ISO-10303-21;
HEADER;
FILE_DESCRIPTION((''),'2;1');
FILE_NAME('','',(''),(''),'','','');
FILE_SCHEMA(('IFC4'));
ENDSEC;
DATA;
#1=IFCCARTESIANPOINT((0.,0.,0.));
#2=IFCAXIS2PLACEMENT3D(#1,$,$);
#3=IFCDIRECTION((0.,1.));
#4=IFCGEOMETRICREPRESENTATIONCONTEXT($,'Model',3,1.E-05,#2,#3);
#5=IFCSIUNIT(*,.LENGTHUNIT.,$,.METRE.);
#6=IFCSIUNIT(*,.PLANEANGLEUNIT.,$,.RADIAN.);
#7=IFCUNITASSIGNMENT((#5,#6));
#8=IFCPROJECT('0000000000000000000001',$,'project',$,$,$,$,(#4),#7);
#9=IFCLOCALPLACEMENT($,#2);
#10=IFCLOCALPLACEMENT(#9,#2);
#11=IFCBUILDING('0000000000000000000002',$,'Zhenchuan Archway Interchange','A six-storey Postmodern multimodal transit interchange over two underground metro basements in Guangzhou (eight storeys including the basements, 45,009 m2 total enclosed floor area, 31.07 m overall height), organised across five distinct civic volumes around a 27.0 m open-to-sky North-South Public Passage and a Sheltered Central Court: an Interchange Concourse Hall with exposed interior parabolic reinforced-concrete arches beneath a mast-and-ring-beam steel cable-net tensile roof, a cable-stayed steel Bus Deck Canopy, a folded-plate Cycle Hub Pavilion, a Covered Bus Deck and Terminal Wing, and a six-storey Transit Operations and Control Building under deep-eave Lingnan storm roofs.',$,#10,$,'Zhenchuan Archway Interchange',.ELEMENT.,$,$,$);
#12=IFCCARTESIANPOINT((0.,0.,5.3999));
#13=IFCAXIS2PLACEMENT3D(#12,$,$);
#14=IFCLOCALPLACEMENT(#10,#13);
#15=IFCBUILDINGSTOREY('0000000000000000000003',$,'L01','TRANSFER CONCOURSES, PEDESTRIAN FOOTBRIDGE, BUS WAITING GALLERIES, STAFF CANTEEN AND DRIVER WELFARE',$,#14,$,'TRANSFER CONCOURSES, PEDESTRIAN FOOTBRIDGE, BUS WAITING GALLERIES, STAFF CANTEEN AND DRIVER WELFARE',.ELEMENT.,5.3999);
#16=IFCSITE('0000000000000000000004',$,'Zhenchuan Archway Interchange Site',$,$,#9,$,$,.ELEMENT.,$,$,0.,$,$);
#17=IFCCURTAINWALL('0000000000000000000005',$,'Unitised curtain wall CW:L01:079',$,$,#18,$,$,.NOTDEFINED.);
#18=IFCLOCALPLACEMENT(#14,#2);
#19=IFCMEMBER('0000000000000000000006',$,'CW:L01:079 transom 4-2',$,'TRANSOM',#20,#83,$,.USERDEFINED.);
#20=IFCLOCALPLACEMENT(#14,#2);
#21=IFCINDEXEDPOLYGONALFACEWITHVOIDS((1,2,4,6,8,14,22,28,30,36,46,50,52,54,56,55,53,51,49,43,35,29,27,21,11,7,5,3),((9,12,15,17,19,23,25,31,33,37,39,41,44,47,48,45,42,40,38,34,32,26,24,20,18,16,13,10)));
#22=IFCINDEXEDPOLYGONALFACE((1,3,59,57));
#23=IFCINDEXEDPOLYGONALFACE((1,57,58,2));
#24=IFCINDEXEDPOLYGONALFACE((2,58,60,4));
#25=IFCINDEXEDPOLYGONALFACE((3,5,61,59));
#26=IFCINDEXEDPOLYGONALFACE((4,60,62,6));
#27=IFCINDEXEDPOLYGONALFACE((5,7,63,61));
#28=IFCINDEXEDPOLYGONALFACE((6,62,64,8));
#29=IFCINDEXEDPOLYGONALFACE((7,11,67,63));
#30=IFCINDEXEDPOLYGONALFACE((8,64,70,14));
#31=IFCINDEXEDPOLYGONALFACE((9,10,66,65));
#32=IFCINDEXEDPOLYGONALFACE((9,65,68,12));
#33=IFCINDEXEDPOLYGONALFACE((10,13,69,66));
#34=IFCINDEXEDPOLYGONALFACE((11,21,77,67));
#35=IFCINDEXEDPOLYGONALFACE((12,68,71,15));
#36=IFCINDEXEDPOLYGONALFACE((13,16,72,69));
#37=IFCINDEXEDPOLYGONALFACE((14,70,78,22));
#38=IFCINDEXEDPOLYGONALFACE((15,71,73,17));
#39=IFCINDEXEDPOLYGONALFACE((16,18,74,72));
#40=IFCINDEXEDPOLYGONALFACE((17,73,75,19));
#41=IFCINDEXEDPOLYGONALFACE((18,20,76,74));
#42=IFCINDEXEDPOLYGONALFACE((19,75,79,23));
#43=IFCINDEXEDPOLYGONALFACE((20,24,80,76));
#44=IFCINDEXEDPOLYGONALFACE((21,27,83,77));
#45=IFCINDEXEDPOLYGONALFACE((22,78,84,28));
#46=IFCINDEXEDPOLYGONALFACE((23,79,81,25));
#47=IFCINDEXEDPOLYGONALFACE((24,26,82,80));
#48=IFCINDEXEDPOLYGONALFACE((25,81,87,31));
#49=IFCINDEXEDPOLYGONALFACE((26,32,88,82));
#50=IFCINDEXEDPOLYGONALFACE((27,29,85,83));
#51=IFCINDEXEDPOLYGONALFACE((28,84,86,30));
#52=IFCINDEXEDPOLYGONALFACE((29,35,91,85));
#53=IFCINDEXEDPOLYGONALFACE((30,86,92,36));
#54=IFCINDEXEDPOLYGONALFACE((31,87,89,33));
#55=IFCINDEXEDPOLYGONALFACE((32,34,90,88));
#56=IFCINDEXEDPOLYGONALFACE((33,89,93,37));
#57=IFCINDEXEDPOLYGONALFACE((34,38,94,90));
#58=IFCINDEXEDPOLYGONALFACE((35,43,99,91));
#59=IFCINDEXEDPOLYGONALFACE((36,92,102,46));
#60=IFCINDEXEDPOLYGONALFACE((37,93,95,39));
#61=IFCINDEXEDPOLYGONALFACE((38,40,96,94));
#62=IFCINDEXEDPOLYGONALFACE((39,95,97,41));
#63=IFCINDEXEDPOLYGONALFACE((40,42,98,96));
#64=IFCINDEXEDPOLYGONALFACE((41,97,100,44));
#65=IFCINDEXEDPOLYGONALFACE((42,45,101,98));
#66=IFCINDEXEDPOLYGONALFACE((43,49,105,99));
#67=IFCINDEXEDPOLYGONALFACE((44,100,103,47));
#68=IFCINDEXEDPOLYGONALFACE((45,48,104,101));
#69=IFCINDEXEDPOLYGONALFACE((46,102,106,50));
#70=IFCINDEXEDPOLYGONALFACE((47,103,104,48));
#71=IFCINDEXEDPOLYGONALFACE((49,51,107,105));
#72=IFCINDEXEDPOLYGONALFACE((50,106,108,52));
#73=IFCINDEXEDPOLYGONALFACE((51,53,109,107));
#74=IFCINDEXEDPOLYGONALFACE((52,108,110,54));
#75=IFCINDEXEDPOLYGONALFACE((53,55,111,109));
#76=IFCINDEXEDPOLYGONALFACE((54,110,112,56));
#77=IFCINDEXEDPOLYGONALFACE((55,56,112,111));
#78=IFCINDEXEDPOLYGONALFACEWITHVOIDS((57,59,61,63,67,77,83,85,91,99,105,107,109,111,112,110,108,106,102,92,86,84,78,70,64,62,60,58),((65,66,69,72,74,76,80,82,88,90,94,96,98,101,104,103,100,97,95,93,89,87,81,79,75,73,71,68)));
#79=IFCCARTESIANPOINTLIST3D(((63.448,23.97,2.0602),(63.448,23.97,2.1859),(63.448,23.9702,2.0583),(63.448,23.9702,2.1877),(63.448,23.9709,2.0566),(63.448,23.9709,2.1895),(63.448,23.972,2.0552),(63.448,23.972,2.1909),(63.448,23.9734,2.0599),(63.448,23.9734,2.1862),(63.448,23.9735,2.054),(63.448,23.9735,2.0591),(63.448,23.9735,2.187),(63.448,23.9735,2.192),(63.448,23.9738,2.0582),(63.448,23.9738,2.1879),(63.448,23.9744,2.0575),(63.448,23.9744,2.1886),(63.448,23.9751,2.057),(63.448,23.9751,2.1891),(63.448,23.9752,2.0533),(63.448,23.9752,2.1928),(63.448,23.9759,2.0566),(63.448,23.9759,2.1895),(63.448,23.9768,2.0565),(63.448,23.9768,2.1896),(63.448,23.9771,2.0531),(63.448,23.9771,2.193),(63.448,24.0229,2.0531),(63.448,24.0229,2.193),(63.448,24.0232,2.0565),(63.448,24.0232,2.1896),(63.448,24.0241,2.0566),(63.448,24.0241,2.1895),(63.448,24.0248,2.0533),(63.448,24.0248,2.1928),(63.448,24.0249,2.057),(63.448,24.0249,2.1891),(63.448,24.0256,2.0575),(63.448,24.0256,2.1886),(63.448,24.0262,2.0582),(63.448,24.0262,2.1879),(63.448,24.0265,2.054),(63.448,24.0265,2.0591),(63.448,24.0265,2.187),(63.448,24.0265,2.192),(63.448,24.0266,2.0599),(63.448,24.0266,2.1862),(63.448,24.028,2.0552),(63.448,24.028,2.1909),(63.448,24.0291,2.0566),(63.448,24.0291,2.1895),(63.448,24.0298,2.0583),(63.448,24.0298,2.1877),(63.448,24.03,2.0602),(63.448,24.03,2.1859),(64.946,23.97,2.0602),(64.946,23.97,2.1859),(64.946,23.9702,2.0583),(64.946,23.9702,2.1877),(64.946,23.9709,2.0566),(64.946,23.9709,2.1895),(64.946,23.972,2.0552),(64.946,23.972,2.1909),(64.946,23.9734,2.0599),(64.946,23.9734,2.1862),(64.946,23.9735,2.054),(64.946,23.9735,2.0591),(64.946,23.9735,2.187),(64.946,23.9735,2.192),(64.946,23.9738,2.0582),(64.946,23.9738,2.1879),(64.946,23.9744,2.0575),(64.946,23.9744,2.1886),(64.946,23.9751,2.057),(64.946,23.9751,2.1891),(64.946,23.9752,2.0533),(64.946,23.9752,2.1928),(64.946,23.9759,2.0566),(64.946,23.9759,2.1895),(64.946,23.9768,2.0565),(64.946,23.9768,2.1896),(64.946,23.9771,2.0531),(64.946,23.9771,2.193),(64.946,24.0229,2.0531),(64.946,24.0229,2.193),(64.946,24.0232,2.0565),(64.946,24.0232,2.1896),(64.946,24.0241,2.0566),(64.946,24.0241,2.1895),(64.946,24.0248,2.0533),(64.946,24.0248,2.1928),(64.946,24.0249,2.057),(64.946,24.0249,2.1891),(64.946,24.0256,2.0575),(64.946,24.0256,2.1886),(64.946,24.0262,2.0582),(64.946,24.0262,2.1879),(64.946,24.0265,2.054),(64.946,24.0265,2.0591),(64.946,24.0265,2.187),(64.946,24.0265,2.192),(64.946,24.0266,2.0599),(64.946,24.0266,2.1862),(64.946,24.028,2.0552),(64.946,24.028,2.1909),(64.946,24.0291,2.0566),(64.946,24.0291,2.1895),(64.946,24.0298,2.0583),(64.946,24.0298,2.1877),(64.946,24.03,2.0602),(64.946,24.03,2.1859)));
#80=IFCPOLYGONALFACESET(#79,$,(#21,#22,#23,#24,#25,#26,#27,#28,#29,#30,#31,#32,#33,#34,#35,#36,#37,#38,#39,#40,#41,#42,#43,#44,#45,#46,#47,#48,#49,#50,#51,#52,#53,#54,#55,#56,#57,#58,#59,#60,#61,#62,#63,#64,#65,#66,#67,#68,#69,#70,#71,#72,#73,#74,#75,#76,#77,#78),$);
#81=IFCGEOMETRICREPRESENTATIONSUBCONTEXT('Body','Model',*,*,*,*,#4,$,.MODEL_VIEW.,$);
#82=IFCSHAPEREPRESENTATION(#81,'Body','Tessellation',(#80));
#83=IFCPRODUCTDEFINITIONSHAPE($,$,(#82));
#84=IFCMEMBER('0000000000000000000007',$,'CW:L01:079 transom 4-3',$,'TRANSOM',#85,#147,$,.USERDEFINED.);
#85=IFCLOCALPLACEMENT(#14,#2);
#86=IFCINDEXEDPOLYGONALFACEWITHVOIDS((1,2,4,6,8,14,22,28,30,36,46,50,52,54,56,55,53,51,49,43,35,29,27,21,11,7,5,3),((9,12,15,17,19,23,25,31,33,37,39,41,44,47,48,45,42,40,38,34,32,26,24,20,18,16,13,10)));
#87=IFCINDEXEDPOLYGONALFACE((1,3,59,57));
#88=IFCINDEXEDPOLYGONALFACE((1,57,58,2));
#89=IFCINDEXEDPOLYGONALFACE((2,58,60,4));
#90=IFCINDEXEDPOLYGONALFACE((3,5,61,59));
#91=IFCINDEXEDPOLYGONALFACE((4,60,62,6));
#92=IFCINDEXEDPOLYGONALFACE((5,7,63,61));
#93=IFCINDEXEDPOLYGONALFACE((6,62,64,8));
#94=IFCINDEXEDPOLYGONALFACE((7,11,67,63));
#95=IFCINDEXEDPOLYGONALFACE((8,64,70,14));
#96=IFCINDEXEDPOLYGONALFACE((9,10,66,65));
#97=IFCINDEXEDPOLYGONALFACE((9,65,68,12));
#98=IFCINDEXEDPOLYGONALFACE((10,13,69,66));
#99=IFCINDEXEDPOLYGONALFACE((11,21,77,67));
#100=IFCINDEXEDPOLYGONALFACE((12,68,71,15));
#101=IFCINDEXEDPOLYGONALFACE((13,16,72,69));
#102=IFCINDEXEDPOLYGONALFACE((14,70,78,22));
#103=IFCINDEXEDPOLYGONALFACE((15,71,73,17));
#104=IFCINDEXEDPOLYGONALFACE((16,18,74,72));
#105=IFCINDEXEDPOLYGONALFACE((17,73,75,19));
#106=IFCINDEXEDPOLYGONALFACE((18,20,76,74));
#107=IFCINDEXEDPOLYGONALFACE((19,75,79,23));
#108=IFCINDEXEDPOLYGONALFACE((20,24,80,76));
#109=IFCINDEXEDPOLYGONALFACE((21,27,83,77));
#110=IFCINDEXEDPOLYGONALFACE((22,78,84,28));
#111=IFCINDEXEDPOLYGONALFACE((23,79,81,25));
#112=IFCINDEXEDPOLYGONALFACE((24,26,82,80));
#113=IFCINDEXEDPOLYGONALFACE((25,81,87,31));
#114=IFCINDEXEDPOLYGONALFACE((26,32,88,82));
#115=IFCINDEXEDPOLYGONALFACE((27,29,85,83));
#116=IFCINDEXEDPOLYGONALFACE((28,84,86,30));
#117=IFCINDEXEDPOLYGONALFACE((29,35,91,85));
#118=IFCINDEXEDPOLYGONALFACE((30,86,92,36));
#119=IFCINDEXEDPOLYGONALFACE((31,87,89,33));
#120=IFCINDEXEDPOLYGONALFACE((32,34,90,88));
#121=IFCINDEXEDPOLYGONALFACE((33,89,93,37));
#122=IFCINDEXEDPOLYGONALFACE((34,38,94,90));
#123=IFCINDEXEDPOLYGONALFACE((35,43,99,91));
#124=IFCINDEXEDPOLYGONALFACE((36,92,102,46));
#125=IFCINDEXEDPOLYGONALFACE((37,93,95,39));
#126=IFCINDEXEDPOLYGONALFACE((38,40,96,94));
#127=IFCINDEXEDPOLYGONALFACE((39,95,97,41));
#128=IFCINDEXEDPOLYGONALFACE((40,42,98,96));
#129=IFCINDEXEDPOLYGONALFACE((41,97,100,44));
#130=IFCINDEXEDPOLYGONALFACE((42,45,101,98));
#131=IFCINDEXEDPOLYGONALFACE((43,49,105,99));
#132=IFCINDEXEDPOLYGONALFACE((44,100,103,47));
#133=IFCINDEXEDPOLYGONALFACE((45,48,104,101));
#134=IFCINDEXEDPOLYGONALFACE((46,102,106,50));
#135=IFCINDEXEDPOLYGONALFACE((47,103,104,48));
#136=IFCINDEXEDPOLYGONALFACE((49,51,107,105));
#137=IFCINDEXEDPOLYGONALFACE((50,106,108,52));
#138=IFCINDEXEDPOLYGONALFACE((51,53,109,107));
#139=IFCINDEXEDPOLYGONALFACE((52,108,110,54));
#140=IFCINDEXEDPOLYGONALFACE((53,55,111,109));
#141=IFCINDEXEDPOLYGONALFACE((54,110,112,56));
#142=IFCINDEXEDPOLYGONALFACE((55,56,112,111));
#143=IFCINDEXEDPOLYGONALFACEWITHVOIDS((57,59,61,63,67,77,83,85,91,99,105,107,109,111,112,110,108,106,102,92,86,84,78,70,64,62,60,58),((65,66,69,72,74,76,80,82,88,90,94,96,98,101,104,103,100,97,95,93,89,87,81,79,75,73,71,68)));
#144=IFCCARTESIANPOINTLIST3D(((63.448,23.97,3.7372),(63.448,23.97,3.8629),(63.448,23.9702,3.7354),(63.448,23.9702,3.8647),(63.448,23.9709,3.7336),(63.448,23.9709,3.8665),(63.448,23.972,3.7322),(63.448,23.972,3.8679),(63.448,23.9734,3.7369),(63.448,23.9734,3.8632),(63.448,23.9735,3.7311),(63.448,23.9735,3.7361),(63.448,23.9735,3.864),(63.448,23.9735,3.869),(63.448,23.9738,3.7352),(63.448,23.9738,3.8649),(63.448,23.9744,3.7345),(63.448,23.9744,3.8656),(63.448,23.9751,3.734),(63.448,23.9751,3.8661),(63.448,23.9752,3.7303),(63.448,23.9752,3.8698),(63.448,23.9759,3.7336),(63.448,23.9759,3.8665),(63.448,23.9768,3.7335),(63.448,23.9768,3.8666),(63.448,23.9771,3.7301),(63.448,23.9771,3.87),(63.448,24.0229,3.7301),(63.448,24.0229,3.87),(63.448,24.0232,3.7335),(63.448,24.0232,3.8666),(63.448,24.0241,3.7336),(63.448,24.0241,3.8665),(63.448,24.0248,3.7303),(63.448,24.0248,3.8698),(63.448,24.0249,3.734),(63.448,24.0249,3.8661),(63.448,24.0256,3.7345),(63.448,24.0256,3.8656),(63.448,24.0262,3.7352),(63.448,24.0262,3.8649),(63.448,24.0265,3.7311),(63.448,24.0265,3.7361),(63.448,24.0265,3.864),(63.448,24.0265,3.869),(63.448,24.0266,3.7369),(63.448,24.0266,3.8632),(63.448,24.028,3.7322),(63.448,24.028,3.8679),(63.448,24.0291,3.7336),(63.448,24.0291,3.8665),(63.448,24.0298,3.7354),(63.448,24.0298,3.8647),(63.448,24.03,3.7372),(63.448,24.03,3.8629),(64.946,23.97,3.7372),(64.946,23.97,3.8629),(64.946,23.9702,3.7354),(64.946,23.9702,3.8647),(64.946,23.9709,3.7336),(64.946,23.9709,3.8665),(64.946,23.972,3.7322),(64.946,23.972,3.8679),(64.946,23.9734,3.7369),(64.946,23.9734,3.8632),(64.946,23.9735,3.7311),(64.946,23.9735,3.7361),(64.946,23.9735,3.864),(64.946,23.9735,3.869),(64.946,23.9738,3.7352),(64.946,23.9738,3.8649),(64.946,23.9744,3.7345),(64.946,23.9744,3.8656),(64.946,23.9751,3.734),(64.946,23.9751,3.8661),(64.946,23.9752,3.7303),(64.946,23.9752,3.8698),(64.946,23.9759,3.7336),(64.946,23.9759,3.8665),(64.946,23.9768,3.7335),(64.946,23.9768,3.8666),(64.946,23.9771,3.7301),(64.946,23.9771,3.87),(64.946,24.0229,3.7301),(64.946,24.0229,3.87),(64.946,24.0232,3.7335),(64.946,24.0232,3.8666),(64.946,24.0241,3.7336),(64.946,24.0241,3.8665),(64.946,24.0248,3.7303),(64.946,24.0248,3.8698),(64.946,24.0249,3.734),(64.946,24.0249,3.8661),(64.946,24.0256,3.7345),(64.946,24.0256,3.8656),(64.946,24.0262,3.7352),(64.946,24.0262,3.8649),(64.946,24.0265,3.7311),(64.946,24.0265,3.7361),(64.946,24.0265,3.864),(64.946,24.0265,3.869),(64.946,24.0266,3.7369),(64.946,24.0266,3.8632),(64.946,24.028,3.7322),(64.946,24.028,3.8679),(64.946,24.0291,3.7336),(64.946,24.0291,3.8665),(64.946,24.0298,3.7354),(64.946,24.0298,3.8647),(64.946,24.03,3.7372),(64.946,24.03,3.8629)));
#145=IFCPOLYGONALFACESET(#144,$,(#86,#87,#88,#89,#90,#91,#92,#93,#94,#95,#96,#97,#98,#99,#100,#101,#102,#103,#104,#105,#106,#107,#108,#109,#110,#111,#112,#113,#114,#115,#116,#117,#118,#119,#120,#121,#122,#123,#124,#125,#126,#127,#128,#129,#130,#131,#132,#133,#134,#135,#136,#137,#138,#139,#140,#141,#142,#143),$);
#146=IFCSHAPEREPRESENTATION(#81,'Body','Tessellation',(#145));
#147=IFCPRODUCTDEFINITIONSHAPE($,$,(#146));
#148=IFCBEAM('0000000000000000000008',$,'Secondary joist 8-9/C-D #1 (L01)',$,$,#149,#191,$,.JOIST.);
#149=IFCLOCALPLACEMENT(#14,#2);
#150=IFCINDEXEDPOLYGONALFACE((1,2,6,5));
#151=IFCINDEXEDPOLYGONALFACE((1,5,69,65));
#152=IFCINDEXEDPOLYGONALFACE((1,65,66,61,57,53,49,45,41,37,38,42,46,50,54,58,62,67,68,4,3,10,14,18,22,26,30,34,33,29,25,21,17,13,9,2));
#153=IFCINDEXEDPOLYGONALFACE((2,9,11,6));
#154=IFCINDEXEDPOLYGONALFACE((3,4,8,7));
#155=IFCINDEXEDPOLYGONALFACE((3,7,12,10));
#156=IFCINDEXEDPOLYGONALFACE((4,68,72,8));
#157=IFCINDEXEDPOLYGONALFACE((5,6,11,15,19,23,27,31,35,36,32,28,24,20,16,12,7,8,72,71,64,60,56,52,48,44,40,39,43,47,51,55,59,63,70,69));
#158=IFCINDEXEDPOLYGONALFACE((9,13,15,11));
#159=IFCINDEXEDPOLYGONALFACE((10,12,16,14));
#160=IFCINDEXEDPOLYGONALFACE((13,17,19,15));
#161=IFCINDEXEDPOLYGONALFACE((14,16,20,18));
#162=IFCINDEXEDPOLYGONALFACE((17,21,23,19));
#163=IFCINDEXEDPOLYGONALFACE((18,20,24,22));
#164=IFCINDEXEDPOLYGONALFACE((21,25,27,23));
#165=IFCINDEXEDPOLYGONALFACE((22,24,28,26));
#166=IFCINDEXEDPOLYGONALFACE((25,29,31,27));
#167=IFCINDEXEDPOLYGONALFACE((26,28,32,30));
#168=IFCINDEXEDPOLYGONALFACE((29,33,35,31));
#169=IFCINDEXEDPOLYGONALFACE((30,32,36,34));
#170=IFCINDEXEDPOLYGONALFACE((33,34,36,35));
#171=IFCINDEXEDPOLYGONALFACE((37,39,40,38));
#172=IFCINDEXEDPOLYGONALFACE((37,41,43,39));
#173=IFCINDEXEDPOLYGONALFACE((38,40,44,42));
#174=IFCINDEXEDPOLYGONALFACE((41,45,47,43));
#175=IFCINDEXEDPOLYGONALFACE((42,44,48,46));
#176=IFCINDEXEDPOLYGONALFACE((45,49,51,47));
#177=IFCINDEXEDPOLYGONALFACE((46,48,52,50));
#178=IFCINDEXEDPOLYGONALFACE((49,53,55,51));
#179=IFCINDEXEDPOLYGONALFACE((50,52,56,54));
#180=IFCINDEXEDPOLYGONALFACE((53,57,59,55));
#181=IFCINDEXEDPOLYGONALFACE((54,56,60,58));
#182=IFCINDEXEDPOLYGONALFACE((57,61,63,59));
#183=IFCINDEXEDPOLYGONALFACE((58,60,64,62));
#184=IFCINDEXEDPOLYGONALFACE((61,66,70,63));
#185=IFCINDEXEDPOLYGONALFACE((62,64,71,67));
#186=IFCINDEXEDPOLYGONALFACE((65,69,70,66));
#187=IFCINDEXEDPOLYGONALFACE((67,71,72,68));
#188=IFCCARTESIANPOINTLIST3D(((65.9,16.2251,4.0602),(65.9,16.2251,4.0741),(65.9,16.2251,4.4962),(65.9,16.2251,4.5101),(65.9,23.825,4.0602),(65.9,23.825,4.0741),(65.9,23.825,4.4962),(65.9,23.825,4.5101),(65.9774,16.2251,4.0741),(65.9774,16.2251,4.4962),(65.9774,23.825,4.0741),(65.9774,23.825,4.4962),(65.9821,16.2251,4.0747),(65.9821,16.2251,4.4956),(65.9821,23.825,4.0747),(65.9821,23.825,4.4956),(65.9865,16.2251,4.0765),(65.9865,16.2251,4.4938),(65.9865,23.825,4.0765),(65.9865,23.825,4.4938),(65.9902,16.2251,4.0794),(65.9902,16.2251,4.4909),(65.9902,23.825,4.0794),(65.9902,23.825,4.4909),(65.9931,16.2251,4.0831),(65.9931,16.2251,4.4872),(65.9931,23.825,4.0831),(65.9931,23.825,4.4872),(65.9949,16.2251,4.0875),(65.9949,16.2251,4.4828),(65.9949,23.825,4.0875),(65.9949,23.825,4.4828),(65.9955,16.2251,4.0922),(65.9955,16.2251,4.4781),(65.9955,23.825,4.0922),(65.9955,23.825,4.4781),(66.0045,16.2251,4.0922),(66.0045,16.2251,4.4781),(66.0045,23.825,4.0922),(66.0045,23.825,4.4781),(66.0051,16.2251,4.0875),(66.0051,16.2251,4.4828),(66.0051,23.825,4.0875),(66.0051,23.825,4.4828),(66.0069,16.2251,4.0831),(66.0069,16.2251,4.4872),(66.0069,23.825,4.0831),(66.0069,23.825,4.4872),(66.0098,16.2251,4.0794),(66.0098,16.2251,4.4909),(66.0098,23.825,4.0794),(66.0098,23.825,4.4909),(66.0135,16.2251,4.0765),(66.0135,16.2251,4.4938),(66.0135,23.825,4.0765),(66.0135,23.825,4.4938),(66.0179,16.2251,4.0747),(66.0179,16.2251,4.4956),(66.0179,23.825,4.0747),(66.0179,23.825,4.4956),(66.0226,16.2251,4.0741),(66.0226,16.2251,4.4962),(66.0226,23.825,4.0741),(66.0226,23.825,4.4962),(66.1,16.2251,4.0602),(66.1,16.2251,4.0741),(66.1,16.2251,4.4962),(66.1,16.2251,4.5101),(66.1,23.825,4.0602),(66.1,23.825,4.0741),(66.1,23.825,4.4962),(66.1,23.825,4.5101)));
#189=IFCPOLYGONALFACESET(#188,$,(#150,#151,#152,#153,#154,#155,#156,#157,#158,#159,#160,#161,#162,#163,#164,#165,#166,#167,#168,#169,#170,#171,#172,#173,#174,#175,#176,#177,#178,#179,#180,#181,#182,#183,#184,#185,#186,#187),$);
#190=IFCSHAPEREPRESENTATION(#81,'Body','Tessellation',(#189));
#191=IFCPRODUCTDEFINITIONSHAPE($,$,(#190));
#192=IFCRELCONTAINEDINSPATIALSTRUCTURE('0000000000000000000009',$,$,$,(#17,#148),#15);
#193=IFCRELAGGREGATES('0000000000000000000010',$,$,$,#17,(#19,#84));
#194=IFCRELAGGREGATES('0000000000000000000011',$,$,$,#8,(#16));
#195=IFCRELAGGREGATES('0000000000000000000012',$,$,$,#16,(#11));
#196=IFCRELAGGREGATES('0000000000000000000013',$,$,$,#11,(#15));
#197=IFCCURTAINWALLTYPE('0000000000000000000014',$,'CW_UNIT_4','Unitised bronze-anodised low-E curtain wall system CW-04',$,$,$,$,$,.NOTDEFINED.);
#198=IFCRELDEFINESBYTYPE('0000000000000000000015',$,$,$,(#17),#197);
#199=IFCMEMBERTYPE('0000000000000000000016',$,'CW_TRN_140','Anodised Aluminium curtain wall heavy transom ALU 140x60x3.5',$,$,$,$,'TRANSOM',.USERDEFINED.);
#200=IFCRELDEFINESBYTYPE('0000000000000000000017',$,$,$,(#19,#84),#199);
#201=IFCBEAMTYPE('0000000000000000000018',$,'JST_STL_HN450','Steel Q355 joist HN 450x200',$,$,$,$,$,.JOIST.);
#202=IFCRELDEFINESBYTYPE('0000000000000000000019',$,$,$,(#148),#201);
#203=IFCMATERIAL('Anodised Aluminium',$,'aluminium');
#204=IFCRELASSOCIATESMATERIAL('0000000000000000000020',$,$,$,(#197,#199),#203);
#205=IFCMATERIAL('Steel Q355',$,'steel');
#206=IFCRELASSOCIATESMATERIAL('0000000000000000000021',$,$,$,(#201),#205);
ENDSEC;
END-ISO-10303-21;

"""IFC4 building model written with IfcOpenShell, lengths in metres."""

from ifc_helpers import new_model, si_unit, direction, frame, origin, origin_2d, place, context, subcontext, project, spatial, hollow_rectangle, i_section, extrude, material, material_profile, profile_set, type_object, element, aggregate, save


model = new_model("IFC4")

# Units and contexts
model_context = context("Model", 3, precision=1e-05, world=origin(), true_north=direction((0.0, 1.0)))
body_context = subcontext(model_context, "Body", "Model", "MODEL_VIEW")
ifc_project = project(units=[si_unit("LENGTHUNIT", "METRE"), si_unit("PLANEANGLEUNIT", "RADIAN")], contexts=[model_context])

# Site, building, storey
site_placement = place(None, origin())
site = spatial("IfcSite", under=ifc_project, at=site_placement, Name="Zhenchuan Archway Interchange Site", CompositionType="ELEMENT", RefElevation=0.0)
building_placement = place(site_placement, origin())
building = spatial("IfcBuilding", under=site, at=building_placement, Name="Zhenchuan Archway Interchange", Description="A six-storey Postmodern multimodal transit interchange over two underground metro basements in Guangzhou (eight storeys including the basements, 45,009 m2 total enclosed floor area, 31.07 m overall height), organised across five distinct civic volumes around a 27.0 m open-to-sky North-South Public Passage and a Sheltered Central Court: an Interchange Concourse Hall with exposed interior parabolic reinforced-concrete arches beneath a mast-and-ring-beam steel cable-net tensile roof, a cable-stayed steel Bus Deck Canopy, a folded-plate Cycle Hub Pavilion, a Covered Bus Deck and Terminal Wing, and a six-storey Transit Operations and Control Building under deep-eave Lingnan storm roofs.", LongName="Zhenchuan Archway Interchange", CompositionType="ELEMENT")
storey_placement = place(building_placement, frame((0.0, 0.0, 5.3999)))
storey = spatial("IfcBuildingStorey", under=building, at=storey_placement, Name="L01", Description="TRANSFER CONCOURSES, PEDESTRIAN FOOTBRIDGE, BUS WAITING GALLERIES, STAFF CANTEEN AND DRIVER WELFARE", LongName="TRANSFER CONCOURSES, PEDESTRIAN FOOTBRIDGE, BUS WAITING GALLERIES, STAFF CANTEEN AND DRIVER WELFARE", CompositionType="ELEMENT", Elevation=5.3999)

# Curtain wall, members
ifc_material_1 = material(Name="Anodised Aluminium", Category="aluminium")
curtain_wall_type = type_object("IfcCurtainWallType", Name="CW_UNIT_4", Description="Unitised bronze-anodised low-E curtain wall system CW-04", PredefinedType="NOTDEFINED", material=ifc_material_1)
curtain_wall_placement = place(storey_placement, origin())
curtain_wall = element("IfcCurtainWall", 1, at=curtain_wall_placement, inside=storey, type_object=curtain_wall_type, Name="Unitised curtain wall CW:L01:079", PredefinedType="NOTDEFINED")
ifc_material_profile_1 = material_profile(ifc_material_1, hollow_rectangle(XDim=0.0601, YDim=0.1399, WallThickness=0.0034, InnerFilletRadius=0.0034, OuterFilletRadius=0.0071, at=origin_2d()), Name="ALU 140x60x3.5")
ifc_profile_set_1 = profile_set([ifc_material_profile_1], Name="Anodised Aluminium")
member_type_1 = type_object("IfcMemberType", Name="CW_TRN_140", Description="Anodised Aluminium curtain wall heavy transom ALU 140x60x3.5", ElementType="TRANSOM", PredefinedType="USERDEFINED", material=ifc_profile_set_1)
member_1_placement = place(storey_placement, frame((64.946, 24.0, 2.123), z_axis=(-1.0, 0.0, 0.0), x_axis=(0.0, -1.0, 0.0)))
member_1 = element("IfcMember", 2, at=member_1_placement, type_object=member_type_1, Name="CW:L01:079 transom 4-2", ObjectType="TRANSOM", PredefinedType="USERDEFINED", context=body_context, shape_type="SweptSolid", body=[
    extrude(hollow_rectangle(XDim=0.0601, YDim=0.1399, WallThickness=0.0034, InnerFilletRadius=0.0034, OuterFilletRadius=0.0071, at=origin_2d()), origin(), (0.0, 0.0, 1.0), 1.498),
])
member_2_placement = place(storey_placement, frame((64.946, 24.0, 3.8), z_axis=(-1.0, 0.0, 0.0), x_axis=(0.0, -1.0, 0.0)))
member_2 = element("IfcMember", 3, at=member_2_placement, type_object=member_type_1, Name="CW:L01:079 transom 4-3", ObjectType="TRANSOM", PredefinedType="USERDEFINED", context=body_context, shape_type="SweptSolid", body=[
    extrude(hollow_rectangle(XDim=0.0601, YDim=0.1399, WallThickness=0.0034, InnerFilletRadius=0.0034, OuterFilletRadius=0.0071, at=origin_2d()), origin(), (0.0, 0.0, 1.0), 1.498),
])

# Beam
ifc_material_2 = material(Name="Steel Q355", Category="steel")
ifc_material_profile_2 = material_profile(ifc_material_2, i_section(OverallWidth=0.2, OverallDepth=0.45, WebThickness=0.009, FlangeThickness=0.0139, FilletRadius=0.0181, at=origin_2d()), Name="HN 450x200")
ifc_profile_set_2 = profile_set([ifc_material_profile_2], Name="Steel Q355")
beam_type_1 = type_object("IfcBeamType", Name="JST_STL_HN450", Description="Steel Q355 joist HN 450x200", PredefinedType="JOIST", material=ifc_profile_set_2)
for number, where, z_axis, x_axis, name in (
    (4, (66.0, 16.2251, 4.2852), (0.0, 1.0, 0.0), (-1.0, 0.0, 0.0), "Secondary joist 8-9/C-D #1 (L01)"),
):
    element("IfcBeam", number, at=place(storey_placement, frame(where, z_axis=z_axis, x_axis=x_axis)), inside=storey, type_object=beam_type_1, Name=name, PredefinedType="JOIST", context=body_context, shape_type="SweptSolid", body=[
        extrude(i_section(OverallWidth=0.2, OverallDepth=0.45, WebThickness=0.009, FlangeThickness=0.0139, FilletRadius=0.0181, at=origin_2d()), origin(), (0.0, 0.0, 1.0), 7.5999),
    ])

aggregate(curtain_wall, [member_1, member_2])

save(model, "model.ifc")
